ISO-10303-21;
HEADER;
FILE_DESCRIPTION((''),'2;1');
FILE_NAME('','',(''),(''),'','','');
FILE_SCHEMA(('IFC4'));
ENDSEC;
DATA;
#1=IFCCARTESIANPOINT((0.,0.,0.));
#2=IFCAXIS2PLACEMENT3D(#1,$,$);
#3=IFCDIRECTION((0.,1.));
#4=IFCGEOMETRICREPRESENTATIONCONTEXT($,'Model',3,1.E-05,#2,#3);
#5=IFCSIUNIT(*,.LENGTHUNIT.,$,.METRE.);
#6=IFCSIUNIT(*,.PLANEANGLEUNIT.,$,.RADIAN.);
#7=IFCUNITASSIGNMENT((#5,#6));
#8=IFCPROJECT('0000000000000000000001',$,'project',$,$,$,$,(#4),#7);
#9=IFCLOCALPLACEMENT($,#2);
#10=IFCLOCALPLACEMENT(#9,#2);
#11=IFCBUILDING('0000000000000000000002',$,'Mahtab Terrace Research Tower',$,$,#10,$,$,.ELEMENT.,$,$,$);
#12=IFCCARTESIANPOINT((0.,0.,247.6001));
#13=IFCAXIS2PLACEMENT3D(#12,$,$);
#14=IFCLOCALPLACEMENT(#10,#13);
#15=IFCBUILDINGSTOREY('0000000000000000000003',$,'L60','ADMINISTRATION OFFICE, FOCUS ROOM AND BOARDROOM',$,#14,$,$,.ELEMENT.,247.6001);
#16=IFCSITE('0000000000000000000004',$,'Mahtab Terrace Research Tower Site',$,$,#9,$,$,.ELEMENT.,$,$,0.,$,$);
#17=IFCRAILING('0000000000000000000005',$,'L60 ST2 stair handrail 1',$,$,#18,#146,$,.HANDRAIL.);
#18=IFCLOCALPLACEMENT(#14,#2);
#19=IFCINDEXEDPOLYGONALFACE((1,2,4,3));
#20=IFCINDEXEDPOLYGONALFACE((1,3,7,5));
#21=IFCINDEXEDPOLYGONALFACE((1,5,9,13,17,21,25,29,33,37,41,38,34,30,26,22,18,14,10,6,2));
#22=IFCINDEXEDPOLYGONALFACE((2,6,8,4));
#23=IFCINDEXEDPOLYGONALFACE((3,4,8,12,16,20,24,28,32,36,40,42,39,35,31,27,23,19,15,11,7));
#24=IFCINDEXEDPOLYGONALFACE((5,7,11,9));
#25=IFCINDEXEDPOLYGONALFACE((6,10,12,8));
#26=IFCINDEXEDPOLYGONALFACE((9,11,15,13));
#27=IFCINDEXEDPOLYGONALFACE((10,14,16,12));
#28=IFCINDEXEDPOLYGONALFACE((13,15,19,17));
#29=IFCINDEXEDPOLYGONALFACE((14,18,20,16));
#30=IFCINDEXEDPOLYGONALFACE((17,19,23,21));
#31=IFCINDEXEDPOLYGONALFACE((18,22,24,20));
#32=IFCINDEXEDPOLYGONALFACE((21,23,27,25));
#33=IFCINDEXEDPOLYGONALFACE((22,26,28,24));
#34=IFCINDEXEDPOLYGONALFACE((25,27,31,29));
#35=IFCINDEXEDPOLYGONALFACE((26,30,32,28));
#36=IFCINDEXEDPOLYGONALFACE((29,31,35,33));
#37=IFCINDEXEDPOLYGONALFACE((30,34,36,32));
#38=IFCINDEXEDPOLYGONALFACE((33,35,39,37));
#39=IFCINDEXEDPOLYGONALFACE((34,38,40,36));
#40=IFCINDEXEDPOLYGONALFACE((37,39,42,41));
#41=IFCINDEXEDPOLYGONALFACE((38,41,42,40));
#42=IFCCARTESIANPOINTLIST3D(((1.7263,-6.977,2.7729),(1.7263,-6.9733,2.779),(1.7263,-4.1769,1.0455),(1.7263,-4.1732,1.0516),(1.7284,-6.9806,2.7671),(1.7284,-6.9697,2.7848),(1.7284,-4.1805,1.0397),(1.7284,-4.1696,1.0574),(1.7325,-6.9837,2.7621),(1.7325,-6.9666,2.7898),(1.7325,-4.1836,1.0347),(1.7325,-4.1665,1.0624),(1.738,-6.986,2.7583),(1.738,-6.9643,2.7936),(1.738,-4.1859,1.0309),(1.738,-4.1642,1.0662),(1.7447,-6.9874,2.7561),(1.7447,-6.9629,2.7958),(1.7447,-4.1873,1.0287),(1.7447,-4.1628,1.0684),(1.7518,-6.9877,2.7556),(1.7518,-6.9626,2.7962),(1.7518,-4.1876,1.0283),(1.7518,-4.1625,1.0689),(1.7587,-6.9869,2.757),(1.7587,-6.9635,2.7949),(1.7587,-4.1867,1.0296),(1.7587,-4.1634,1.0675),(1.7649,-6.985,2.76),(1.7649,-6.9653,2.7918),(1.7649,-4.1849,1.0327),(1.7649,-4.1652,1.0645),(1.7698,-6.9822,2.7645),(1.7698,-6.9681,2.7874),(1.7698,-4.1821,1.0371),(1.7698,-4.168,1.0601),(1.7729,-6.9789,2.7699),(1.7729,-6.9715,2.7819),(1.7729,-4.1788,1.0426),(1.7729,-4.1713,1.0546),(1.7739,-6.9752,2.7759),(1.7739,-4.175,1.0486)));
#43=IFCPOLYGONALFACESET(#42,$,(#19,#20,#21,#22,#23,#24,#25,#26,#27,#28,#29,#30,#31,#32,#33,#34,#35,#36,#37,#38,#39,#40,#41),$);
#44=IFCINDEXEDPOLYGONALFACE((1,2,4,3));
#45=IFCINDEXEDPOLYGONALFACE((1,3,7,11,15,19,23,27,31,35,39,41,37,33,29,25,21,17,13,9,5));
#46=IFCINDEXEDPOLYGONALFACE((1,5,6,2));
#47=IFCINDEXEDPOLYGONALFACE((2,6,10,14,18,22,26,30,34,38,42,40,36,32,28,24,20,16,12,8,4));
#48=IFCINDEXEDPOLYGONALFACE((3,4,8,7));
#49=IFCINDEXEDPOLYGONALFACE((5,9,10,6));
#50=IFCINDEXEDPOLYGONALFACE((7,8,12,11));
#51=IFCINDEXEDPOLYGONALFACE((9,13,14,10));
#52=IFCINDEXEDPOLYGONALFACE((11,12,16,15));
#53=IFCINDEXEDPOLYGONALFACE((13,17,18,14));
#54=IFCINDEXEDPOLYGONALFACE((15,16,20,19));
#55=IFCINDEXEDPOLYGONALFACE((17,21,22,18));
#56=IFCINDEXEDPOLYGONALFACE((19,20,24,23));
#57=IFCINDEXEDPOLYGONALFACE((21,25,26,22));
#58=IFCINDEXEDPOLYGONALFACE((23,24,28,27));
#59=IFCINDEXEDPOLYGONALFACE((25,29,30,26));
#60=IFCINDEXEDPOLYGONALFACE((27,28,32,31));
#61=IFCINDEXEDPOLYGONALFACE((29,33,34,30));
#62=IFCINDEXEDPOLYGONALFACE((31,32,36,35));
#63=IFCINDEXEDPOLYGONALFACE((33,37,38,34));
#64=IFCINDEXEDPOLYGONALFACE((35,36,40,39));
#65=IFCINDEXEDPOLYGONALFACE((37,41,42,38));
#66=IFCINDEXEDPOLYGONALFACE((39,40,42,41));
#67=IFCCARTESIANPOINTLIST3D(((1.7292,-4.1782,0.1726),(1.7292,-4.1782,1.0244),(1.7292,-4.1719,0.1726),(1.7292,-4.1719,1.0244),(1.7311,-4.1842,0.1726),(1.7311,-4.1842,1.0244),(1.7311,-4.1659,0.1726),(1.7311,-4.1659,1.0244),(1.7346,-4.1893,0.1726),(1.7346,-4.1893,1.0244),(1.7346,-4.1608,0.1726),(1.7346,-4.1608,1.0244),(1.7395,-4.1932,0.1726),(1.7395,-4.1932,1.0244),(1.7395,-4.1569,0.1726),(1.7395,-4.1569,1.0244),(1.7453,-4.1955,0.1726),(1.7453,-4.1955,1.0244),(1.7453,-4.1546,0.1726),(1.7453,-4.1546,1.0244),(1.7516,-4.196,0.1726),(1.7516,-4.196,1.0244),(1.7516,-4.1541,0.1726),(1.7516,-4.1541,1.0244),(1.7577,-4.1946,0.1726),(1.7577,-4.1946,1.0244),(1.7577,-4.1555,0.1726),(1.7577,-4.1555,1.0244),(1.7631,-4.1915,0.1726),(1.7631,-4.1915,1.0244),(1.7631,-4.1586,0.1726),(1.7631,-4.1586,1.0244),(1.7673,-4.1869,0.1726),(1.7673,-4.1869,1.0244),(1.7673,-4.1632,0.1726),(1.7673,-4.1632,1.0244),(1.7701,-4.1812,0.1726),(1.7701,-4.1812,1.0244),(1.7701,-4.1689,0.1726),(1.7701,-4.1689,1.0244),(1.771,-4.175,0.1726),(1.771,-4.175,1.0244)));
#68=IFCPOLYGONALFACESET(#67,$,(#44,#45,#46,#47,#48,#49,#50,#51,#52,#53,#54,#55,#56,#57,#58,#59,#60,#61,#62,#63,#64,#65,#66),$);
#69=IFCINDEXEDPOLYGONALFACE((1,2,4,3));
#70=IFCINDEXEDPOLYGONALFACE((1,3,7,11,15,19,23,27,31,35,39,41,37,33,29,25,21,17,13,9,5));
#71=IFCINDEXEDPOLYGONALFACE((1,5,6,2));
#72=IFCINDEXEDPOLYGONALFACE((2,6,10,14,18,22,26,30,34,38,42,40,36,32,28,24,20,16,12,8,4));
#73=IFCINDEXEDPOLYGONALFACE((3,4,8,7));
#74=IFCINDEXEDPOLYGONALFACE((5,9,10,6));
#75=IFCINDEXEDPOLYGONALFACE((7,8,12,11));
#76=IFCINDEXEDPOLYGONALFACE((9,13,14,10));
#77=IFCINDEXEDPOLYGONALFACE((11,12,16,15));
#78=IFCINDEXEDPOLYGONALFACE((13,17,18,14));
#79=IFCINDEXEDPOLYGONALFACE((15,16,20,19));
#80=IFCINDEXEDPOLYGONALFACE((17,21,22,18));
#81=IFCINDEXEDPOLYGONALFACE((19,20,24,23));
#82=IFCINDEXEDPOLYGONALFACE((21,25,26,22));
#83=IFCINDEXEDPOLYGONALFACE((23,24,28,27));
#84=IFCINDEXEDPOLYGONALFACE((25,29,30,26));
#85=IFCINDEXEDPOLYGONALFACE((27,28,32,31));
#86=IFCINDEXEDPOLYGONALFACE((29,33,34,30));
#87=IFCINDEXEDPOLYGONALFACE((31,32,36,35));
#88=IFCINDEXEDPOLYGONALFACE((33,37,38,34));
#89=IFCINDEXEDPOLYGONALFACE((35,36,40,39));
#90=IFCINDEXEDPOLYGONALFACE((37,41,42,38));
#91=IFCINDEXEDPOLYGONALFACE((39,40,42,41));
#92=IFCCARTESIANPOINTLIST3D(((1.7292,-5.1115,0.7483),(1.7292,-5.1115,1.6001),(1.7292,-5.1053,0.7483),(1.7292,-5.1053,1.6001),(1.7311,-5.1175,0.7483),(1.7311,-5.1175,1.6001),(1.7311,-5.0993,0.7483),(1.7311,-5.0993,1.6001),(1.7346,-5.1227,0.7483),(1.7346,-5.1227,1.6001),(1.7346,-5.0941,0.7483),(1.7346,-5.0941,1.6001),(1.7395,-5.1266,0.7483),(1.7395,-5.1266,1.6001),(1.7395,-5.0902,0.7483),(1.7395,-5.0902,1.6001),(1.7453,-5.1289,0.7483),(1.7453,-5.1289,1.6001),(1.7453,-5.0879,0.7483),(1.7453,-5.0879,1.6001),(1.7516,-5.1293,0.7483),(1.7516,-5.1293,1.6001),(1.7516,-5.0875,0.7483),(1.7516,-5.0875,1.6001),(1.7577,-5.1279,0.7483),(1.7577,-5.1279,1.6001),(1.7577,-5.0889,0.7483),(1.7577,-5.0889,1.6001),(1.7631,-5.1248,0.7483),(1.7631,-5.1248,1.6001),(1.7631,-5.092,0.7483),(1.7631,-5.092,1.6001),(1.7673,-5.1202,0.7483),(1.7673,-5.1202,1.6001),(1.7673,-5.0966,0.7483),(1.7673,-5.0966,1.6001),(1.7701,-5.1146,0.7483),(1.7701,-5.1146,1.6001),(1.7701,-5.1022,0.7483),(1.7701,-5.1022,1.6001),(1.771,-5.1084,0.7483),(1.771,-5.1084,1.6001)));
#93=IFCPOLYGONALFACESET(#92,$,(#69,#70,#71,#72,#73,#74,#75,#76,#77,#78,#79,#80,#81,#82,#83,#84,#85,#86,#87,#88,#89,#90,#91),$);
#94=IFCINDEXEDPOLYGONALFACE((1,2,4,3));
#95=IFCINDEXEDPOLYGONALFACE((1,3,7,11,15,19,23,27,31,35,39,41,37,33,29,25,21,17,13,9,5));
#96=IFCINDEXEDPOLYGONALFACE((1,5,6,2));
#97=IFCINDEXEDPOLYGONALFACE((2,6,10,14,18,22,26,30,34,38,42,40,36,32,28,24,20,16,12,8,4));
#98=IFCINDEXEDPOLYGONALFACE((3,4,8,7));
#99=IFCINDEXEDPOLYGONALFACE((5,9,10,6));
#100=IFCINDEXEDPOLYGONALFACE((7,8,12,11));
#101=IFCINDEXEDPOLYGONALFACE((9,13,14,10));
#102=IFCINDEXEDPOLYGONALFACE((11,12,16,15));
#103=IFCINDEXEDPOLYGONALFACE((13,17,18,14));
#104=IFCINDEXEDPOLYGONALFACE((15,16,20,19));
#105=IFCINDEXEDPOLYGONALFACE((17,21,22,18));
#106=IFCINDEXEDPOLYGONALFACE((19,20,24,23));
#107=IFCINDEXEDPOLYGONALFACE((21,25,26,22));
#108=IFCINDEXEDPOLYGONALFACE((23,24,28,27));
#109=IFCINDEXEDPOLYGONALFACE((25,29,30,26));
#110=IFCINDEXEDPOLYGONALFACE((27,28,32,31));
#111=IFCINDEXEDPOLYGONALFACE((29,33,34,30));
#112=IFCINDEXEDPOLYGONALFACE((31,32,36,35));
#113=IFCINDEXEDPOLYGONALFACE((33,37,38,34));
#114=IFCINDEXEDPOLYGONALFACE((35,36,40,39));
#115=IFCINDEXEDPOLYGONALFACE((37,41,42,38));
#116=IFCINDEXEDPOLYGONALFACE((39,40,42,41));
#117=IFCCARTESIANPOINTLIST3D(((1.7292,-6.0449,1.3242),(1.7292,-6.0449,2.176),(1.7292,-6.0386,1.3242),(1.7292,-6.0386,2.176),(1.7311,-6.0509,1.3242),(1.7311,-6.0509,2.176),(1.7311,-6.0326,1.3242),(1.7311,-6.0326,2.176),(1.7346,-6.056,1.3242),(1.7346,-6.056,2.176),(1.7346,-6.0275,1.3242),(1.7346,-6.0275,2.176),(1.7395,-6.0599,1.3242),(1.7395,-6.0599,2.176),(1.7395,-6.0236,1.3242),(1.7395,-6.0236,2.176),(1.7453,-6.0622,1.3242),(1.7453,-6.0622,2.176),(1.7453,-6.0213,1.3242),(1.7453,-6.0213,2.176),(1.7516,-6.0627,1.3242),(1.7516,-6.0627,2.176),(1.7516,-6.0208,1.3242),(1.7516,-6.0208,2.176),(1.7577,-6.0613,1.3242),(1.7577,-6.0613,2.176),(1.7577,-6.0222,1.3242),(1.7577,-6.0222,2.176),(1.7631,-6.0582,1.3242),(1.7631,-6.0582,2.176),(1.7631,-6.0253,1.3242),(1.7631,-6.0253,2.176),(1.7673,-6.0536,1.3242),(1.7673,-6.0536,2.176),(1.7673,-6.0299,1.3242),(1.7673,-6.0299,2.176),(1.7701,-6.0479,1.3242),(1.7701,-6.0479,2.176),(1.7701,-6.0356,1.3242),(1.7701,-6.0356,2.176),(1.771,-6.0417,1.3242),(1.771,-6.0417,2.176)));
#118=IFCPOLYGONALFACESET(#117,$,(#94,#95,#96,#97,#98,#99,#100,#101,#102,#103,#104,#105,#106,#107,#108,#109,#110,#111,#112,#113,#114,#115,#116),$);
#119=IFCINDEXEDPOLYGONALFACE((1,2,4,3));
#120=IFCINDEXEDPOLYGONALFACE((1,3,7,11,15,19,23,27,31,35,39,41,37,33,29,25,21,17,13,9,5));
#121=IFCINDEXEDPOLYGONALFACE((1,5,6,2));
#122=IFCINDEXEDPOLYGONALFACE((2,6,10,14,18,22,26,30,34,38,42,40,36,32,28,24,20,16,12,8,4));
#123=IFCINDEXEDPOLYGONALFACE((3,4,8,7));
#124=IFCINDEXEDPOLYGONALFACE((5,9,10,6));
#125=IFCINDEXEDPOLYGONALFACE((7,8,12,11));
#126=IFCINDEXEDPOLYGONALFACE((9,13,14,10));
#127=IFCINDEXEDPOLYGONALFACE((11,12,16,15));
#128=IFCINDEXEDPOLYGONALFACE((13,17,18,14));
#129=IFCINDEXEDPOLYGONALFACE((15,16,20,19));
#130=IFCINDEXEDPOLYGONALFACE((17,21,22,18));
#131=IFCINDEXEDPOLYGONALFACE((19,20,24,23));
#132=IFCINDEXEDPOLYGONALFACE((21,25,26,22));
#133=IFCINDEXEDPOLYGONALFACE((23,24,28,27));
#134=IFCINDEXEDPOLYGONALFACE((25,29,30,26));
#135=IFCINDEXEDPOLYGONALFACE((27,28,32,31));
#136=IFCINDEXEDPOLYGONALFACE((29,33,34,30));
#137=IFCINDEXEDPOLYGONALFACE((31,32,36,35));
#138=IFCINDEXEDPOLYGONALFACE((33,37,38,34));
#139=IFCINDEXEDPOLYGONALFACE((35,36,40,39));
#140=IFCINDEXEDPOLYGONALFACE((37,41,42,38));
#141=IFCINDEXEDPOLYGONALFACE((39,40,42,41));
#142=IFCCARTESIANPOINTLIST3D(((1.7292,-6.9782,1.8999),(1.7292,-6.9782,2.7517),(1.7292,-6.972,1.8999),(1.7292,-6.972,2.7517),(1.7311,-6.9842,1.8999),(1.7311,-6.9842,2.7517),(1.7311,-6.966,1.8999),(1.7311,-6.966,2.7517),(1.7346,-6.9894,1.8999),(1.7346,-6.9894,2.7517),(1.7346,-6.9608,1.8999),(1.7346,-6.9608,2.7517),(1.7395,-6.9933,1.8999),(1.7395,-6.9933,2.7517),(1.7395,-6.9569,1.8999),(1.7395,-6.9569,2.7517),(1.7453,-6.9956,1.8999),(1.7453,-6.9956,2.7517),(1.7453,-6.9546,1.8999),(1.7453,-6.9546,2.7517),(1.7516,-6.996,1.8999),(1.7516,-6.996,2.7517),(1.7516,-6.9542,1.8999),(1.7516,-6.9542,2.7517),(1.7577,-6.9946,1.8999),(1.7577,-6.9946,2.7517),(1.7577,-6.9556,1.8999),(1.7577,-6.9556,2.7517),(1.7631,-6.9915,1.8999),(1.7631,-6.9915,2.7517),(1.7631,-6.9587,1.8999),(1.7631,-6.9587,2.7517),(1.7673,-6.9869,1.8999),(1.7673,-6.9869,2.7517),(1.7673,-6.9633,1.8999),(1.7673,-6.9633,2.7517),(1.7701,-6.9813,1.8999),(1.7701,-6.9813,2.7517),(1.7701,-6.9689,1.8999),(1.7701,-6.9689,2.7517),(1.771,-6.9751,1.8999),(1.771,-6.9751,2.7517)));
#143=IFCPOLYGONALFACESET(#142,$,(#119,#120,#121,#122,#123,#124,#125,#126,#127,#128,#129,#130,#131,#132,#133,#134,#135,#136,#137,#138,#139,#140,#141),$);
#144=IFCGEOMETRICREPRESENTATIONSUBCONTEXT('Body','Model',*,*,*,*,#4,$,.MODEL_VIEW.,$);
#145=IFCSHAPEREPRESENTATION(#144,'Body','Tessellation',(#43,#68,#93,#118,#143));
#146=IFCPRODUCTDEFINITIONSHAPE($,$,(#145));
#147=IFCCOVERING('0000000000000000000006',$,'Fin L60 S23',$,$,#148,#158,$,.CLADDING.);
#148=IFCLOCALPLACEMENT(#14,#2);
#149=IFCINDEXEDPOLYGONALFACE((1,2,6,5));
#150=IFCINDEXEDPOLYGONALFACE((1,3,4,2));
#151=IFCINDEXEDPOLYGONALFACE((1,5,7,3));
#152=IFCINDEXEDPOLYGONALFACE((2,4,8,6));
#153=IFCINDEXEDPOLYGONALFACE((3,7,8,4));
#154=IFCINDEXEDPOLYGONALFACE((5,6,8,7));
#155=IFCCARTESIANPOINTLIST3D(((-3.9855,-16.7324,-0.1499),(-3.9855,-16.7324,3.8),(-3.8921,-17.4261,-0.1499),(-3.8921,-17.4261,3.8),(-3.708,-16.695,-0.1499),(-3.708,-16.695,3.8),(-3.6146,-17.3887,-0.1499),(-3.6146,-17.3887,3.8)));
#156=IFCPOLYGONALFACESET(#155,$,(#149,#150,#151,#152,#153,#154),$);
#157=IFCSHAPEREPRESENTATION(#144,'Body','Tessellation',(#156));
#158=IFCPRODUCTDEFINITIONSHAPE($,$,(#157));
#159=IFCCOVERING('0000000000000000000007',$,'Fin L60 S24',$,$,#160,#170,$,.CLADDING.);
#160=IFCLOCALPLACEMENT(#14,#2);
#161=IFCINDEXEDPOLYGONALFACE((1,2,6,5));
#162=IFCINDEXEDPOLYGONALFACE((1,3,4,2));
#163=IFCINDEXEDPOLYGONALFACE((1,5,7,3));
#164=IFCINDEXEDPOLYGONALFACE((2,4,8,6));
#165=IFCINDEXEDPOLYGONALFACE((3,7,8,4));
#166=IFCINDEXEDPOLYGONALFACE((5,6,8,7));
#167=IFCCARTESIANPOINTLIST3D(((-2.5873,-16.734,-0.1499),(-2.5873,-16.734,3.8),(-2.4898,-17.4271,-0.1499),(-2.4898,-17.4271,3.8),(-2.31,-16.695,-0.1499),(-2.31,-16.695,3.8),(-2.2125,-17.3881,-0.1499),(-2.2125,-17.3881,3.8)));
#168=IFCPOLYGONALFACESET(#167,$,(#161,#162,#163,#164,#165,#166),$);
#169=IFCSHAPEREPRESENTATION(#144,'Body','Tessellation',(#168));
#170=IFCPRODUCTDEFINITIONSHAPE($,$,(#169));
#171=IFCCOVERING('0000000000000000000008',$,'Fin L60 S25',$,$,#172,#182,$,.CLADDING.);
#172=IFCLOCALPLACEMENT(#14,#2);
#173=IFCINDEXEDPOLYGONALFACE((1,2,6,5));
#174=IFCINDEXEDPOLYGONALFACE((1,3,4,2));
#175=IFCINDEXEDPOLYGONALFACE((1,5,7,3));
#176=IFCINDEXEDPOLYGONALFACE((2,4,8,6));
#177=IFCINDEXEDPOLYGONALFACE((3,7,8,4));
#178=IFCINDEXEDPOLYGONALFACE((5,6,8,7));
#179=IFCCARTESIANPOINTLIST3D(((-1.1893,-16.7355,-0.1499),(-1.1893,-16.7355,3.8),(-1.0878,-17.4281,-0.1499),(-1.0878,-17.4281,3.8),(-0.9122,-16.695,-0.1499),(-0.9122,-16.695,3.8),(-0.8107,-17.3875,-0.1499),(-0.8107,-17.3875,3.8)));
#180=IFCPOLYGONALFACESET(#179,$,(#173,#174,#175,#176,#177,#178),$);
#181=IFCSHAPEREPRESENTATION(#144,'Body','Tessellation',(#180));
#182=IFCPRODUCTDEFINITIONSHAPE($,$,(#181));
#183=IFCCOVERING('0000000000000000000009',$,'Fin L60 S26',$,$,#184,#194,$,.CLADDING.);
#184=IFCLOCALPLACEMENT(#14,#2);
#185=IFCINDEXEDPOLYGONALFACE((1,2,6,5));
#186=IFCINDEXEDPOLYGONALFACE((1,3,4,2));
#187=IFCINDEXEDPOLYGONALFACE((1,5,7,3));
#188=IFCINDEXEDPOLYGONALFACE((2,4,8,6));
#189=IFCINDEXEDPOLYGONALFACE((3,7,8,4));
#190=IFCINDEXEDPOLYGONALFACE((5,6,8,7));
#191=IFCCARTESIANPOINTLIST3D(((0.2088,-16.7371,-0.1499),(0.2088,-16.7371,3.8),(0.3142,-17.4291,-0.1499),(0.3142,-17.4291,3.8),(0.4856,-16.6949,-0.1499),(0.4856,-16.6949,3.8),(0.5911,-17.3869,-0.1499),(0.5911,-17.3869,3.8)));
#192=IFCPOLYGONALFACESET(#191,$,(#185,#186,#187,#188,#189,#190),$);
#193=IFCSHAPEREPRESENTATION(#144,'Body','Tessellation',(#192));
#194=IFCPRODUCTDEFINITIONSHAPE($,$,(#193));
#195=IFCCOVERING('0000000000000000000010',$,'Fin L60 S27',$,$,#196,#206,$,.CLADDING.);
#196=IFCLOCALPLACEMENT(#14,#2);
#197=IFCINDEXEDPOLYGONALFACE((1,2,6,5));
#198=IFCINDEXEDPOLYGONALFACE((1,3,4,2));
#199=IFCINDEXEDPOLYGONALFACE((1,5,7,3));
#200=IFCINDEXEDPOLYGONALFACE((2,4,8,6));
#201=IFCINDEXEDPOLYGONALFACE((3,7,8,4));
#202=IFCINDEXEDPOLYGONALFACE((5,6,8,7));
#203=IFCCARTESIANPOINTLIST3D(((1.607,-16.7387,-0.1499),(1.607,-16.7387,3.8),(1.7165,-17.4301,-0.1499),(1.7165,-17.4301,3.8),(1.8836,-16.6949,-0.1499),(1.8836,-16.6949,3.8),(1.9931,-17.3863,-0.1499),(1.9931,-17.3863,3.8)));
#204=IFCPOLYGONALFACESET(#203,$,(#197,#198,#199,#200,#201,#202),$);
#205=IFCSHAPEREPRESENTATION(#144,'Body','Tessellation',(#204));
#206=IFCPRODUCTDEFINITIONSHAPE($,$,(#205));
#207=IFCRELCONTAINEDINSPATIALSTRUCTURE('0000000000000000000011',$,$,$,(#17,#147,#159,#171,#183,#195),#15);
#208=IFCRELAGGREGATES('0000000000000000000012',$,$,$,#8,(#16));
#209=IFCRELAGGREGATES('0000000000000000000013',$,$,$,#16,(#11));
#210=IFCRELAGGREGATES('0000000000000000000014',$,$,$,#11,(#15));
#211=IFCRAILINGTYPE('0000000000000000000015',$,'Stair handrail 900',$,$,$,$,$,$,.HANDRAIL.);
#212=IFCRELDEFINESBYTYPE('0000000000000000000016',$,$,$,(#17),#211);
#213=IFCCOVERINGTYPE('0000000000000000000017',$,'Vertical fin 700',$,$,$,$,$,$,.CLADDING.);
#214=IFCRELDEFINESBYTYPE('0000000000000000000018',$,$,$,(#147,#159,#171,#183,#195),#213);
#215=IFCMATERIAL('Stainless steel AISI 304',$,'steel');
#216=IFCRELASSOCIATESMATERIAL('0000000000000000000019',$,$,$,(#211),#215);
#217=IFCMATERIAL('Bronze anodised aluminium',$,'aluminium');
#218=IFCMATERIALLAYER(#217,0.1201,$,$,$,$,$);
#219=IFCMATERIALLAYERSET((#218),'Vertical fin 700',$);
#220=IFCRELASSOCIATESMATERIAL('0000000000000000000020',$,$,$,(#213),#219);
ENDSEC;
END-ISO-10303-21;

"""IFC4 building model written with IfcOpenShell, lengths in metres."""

from ifc_helpers import new_model, si_unit, direction, frame, origin, origin_2d, place, context, subcontext, project, spatial, rectangle, circle, extrude, material, layer, layer_set, type_object, element, save


model = new_model("IFC4")

# Units and contexts
model_context = context("Model", 3, precision=1e-05, world=origin(), true_north=direction((0.0, 1.0)))
body_context = subcontext(model_context, "Body", "Model", "MODEL_VIEW")
ifc_project = project(units=[si_unit("LENGTHUNIT", "METRE"), si_unit("PLANEANGLEUNIT", "RADIAN")], contexts=[model_context])

# Site, building, storey
site_placement = place(None, origin())
site = spatial("IfcSite", under=ifc_project, at=site_placement, Name="Mahtab Terrace Research Tower Site", CompositionType="ELEMENT", RefElevation=0.0)
building_placement = place(site_placement, origin())
building = spatial("IfcBuilding", under=site, at=building_placement, Name="Mahtab Terrace Research Tower", CompositionType="ELEMENT")
storey_placement = place(building_placement, frame((0.0, 0.0, 247.6001)))
storey = spatial("IfcBuildingStorey", under=building, at=storey_placement, Name="L60", Description="ADMINISTRATION OFFICE, FOCUS ROOM AND BOARDROOM", CompositionType="ELEMENT", Elevation=247.6001)

# Shared definitions
ifc_material_1 = material(Name="Stainless steel AISI 304", Category="steel")

# Railing
railing_type_1 = type_object("IfcRailingType", Name="Stair handrail 900", PredefinedType="HANDRAIL", material=ifc_material_1)
railing_1_placement = place(storey_placement, frame((1.75, -4.175, 0.1726)))
element("IfcRailing", 1, at=railing_1_placement, inside=storey, type_object=railing_type_1, Name="L60 ST2 stair handrail 1", PredefinedType="HANDRAIL", context=body_context, shape_type="SweptSolid", body=[
    extrude(circle(Radius=0.0239, at=origin_2d()), frame((0.0, 0.0, 0.876), z_axis=(0.0, -0.85109, 0.52502), x_axis=(1.0, 0.0, 0.0)), (0.0, 0.0, 1.0), 3.29),
    extrude(circle(Radius=0.021, at=origin_2d()), origin(), (0.0, 0.0, 1.0), 0.8518),
    extrude(circle(Radius=0.021, at=origin_2d()), frame((0.0, -0.9333, 0.5757)), (0.0, 0.0, 1.0), 0.8518),
    extrude(circle(Radius=0.021, at=origin_2d()), frame((0.0, -1.8667, 1.1516)), (0.0, 0.0, 1.0), 0.8518),
    extrude(circle(Radius=0.021, at=origin_2d()), frame((0.0, -2.8, 1.7273)), (0.0, 0.0, 1.0), 0.8518),
])

# Coverings
ifc_material_2 = material(Name="Bronze anodised aluminium", Category="aluminium")
ifc_layer_1 = layer(ifc_material_2, 0.1201)
ifc_layer_set_1 = layer_set([ifc_layer_1], Name="Vertical fin 700")
covering_type = type_object("IfcCoveringType", Name="Vertical fin 700", PredefinedType="CLADDING", material=ifc_layer_set_1)
for number, where, z_axis, x_axis, name in (
    (2, (-3.8, -17.0605, -0.1499), (0.0, 0.0, 1.0), (0.991061, 0.13341, 0.0), "Fin L60 S23"),
    (3, (-2.3999, -17.061, -0.1499), (0.0, 0.0, 1.0), (0.990268, 0.139173, 0.0), "Fin L60 S24"),
    (4, (-1.0, -17.0615, -0.1499), (0.0, 0.0, 1.0), (0.989442, 0.144932, 0.0), "Fin L60 S25"),
    (5, (0.3999, -17.062, -0.1499), (0.0, 0.0, 1.0), (0.988582, 0.150686, 0.0), "Fin L60 S26"),
    (6, (1.8, -17.0625, -0.1499), (0.0, 0.0, 1.0), (0.987688, 0.156434, 0.0), "Fin L60 S27"),
):
    element("IfcCovering", number, at=place(storey_placement, frame(where, z_axis=z_axis, x_axis=x_axis)), inside=storey, type_object=covering_type, Name=name, PredefinedType="CLADDING", context=body_context, shape_type="SweptSolid", body=[
        extrude(rectangle(XDim=0.28, YDim=0.7, at=origin_2d()), origin(), (0.0, 0.0, 1.0), 3.95),
    ])

save(model, "model.ifc")
